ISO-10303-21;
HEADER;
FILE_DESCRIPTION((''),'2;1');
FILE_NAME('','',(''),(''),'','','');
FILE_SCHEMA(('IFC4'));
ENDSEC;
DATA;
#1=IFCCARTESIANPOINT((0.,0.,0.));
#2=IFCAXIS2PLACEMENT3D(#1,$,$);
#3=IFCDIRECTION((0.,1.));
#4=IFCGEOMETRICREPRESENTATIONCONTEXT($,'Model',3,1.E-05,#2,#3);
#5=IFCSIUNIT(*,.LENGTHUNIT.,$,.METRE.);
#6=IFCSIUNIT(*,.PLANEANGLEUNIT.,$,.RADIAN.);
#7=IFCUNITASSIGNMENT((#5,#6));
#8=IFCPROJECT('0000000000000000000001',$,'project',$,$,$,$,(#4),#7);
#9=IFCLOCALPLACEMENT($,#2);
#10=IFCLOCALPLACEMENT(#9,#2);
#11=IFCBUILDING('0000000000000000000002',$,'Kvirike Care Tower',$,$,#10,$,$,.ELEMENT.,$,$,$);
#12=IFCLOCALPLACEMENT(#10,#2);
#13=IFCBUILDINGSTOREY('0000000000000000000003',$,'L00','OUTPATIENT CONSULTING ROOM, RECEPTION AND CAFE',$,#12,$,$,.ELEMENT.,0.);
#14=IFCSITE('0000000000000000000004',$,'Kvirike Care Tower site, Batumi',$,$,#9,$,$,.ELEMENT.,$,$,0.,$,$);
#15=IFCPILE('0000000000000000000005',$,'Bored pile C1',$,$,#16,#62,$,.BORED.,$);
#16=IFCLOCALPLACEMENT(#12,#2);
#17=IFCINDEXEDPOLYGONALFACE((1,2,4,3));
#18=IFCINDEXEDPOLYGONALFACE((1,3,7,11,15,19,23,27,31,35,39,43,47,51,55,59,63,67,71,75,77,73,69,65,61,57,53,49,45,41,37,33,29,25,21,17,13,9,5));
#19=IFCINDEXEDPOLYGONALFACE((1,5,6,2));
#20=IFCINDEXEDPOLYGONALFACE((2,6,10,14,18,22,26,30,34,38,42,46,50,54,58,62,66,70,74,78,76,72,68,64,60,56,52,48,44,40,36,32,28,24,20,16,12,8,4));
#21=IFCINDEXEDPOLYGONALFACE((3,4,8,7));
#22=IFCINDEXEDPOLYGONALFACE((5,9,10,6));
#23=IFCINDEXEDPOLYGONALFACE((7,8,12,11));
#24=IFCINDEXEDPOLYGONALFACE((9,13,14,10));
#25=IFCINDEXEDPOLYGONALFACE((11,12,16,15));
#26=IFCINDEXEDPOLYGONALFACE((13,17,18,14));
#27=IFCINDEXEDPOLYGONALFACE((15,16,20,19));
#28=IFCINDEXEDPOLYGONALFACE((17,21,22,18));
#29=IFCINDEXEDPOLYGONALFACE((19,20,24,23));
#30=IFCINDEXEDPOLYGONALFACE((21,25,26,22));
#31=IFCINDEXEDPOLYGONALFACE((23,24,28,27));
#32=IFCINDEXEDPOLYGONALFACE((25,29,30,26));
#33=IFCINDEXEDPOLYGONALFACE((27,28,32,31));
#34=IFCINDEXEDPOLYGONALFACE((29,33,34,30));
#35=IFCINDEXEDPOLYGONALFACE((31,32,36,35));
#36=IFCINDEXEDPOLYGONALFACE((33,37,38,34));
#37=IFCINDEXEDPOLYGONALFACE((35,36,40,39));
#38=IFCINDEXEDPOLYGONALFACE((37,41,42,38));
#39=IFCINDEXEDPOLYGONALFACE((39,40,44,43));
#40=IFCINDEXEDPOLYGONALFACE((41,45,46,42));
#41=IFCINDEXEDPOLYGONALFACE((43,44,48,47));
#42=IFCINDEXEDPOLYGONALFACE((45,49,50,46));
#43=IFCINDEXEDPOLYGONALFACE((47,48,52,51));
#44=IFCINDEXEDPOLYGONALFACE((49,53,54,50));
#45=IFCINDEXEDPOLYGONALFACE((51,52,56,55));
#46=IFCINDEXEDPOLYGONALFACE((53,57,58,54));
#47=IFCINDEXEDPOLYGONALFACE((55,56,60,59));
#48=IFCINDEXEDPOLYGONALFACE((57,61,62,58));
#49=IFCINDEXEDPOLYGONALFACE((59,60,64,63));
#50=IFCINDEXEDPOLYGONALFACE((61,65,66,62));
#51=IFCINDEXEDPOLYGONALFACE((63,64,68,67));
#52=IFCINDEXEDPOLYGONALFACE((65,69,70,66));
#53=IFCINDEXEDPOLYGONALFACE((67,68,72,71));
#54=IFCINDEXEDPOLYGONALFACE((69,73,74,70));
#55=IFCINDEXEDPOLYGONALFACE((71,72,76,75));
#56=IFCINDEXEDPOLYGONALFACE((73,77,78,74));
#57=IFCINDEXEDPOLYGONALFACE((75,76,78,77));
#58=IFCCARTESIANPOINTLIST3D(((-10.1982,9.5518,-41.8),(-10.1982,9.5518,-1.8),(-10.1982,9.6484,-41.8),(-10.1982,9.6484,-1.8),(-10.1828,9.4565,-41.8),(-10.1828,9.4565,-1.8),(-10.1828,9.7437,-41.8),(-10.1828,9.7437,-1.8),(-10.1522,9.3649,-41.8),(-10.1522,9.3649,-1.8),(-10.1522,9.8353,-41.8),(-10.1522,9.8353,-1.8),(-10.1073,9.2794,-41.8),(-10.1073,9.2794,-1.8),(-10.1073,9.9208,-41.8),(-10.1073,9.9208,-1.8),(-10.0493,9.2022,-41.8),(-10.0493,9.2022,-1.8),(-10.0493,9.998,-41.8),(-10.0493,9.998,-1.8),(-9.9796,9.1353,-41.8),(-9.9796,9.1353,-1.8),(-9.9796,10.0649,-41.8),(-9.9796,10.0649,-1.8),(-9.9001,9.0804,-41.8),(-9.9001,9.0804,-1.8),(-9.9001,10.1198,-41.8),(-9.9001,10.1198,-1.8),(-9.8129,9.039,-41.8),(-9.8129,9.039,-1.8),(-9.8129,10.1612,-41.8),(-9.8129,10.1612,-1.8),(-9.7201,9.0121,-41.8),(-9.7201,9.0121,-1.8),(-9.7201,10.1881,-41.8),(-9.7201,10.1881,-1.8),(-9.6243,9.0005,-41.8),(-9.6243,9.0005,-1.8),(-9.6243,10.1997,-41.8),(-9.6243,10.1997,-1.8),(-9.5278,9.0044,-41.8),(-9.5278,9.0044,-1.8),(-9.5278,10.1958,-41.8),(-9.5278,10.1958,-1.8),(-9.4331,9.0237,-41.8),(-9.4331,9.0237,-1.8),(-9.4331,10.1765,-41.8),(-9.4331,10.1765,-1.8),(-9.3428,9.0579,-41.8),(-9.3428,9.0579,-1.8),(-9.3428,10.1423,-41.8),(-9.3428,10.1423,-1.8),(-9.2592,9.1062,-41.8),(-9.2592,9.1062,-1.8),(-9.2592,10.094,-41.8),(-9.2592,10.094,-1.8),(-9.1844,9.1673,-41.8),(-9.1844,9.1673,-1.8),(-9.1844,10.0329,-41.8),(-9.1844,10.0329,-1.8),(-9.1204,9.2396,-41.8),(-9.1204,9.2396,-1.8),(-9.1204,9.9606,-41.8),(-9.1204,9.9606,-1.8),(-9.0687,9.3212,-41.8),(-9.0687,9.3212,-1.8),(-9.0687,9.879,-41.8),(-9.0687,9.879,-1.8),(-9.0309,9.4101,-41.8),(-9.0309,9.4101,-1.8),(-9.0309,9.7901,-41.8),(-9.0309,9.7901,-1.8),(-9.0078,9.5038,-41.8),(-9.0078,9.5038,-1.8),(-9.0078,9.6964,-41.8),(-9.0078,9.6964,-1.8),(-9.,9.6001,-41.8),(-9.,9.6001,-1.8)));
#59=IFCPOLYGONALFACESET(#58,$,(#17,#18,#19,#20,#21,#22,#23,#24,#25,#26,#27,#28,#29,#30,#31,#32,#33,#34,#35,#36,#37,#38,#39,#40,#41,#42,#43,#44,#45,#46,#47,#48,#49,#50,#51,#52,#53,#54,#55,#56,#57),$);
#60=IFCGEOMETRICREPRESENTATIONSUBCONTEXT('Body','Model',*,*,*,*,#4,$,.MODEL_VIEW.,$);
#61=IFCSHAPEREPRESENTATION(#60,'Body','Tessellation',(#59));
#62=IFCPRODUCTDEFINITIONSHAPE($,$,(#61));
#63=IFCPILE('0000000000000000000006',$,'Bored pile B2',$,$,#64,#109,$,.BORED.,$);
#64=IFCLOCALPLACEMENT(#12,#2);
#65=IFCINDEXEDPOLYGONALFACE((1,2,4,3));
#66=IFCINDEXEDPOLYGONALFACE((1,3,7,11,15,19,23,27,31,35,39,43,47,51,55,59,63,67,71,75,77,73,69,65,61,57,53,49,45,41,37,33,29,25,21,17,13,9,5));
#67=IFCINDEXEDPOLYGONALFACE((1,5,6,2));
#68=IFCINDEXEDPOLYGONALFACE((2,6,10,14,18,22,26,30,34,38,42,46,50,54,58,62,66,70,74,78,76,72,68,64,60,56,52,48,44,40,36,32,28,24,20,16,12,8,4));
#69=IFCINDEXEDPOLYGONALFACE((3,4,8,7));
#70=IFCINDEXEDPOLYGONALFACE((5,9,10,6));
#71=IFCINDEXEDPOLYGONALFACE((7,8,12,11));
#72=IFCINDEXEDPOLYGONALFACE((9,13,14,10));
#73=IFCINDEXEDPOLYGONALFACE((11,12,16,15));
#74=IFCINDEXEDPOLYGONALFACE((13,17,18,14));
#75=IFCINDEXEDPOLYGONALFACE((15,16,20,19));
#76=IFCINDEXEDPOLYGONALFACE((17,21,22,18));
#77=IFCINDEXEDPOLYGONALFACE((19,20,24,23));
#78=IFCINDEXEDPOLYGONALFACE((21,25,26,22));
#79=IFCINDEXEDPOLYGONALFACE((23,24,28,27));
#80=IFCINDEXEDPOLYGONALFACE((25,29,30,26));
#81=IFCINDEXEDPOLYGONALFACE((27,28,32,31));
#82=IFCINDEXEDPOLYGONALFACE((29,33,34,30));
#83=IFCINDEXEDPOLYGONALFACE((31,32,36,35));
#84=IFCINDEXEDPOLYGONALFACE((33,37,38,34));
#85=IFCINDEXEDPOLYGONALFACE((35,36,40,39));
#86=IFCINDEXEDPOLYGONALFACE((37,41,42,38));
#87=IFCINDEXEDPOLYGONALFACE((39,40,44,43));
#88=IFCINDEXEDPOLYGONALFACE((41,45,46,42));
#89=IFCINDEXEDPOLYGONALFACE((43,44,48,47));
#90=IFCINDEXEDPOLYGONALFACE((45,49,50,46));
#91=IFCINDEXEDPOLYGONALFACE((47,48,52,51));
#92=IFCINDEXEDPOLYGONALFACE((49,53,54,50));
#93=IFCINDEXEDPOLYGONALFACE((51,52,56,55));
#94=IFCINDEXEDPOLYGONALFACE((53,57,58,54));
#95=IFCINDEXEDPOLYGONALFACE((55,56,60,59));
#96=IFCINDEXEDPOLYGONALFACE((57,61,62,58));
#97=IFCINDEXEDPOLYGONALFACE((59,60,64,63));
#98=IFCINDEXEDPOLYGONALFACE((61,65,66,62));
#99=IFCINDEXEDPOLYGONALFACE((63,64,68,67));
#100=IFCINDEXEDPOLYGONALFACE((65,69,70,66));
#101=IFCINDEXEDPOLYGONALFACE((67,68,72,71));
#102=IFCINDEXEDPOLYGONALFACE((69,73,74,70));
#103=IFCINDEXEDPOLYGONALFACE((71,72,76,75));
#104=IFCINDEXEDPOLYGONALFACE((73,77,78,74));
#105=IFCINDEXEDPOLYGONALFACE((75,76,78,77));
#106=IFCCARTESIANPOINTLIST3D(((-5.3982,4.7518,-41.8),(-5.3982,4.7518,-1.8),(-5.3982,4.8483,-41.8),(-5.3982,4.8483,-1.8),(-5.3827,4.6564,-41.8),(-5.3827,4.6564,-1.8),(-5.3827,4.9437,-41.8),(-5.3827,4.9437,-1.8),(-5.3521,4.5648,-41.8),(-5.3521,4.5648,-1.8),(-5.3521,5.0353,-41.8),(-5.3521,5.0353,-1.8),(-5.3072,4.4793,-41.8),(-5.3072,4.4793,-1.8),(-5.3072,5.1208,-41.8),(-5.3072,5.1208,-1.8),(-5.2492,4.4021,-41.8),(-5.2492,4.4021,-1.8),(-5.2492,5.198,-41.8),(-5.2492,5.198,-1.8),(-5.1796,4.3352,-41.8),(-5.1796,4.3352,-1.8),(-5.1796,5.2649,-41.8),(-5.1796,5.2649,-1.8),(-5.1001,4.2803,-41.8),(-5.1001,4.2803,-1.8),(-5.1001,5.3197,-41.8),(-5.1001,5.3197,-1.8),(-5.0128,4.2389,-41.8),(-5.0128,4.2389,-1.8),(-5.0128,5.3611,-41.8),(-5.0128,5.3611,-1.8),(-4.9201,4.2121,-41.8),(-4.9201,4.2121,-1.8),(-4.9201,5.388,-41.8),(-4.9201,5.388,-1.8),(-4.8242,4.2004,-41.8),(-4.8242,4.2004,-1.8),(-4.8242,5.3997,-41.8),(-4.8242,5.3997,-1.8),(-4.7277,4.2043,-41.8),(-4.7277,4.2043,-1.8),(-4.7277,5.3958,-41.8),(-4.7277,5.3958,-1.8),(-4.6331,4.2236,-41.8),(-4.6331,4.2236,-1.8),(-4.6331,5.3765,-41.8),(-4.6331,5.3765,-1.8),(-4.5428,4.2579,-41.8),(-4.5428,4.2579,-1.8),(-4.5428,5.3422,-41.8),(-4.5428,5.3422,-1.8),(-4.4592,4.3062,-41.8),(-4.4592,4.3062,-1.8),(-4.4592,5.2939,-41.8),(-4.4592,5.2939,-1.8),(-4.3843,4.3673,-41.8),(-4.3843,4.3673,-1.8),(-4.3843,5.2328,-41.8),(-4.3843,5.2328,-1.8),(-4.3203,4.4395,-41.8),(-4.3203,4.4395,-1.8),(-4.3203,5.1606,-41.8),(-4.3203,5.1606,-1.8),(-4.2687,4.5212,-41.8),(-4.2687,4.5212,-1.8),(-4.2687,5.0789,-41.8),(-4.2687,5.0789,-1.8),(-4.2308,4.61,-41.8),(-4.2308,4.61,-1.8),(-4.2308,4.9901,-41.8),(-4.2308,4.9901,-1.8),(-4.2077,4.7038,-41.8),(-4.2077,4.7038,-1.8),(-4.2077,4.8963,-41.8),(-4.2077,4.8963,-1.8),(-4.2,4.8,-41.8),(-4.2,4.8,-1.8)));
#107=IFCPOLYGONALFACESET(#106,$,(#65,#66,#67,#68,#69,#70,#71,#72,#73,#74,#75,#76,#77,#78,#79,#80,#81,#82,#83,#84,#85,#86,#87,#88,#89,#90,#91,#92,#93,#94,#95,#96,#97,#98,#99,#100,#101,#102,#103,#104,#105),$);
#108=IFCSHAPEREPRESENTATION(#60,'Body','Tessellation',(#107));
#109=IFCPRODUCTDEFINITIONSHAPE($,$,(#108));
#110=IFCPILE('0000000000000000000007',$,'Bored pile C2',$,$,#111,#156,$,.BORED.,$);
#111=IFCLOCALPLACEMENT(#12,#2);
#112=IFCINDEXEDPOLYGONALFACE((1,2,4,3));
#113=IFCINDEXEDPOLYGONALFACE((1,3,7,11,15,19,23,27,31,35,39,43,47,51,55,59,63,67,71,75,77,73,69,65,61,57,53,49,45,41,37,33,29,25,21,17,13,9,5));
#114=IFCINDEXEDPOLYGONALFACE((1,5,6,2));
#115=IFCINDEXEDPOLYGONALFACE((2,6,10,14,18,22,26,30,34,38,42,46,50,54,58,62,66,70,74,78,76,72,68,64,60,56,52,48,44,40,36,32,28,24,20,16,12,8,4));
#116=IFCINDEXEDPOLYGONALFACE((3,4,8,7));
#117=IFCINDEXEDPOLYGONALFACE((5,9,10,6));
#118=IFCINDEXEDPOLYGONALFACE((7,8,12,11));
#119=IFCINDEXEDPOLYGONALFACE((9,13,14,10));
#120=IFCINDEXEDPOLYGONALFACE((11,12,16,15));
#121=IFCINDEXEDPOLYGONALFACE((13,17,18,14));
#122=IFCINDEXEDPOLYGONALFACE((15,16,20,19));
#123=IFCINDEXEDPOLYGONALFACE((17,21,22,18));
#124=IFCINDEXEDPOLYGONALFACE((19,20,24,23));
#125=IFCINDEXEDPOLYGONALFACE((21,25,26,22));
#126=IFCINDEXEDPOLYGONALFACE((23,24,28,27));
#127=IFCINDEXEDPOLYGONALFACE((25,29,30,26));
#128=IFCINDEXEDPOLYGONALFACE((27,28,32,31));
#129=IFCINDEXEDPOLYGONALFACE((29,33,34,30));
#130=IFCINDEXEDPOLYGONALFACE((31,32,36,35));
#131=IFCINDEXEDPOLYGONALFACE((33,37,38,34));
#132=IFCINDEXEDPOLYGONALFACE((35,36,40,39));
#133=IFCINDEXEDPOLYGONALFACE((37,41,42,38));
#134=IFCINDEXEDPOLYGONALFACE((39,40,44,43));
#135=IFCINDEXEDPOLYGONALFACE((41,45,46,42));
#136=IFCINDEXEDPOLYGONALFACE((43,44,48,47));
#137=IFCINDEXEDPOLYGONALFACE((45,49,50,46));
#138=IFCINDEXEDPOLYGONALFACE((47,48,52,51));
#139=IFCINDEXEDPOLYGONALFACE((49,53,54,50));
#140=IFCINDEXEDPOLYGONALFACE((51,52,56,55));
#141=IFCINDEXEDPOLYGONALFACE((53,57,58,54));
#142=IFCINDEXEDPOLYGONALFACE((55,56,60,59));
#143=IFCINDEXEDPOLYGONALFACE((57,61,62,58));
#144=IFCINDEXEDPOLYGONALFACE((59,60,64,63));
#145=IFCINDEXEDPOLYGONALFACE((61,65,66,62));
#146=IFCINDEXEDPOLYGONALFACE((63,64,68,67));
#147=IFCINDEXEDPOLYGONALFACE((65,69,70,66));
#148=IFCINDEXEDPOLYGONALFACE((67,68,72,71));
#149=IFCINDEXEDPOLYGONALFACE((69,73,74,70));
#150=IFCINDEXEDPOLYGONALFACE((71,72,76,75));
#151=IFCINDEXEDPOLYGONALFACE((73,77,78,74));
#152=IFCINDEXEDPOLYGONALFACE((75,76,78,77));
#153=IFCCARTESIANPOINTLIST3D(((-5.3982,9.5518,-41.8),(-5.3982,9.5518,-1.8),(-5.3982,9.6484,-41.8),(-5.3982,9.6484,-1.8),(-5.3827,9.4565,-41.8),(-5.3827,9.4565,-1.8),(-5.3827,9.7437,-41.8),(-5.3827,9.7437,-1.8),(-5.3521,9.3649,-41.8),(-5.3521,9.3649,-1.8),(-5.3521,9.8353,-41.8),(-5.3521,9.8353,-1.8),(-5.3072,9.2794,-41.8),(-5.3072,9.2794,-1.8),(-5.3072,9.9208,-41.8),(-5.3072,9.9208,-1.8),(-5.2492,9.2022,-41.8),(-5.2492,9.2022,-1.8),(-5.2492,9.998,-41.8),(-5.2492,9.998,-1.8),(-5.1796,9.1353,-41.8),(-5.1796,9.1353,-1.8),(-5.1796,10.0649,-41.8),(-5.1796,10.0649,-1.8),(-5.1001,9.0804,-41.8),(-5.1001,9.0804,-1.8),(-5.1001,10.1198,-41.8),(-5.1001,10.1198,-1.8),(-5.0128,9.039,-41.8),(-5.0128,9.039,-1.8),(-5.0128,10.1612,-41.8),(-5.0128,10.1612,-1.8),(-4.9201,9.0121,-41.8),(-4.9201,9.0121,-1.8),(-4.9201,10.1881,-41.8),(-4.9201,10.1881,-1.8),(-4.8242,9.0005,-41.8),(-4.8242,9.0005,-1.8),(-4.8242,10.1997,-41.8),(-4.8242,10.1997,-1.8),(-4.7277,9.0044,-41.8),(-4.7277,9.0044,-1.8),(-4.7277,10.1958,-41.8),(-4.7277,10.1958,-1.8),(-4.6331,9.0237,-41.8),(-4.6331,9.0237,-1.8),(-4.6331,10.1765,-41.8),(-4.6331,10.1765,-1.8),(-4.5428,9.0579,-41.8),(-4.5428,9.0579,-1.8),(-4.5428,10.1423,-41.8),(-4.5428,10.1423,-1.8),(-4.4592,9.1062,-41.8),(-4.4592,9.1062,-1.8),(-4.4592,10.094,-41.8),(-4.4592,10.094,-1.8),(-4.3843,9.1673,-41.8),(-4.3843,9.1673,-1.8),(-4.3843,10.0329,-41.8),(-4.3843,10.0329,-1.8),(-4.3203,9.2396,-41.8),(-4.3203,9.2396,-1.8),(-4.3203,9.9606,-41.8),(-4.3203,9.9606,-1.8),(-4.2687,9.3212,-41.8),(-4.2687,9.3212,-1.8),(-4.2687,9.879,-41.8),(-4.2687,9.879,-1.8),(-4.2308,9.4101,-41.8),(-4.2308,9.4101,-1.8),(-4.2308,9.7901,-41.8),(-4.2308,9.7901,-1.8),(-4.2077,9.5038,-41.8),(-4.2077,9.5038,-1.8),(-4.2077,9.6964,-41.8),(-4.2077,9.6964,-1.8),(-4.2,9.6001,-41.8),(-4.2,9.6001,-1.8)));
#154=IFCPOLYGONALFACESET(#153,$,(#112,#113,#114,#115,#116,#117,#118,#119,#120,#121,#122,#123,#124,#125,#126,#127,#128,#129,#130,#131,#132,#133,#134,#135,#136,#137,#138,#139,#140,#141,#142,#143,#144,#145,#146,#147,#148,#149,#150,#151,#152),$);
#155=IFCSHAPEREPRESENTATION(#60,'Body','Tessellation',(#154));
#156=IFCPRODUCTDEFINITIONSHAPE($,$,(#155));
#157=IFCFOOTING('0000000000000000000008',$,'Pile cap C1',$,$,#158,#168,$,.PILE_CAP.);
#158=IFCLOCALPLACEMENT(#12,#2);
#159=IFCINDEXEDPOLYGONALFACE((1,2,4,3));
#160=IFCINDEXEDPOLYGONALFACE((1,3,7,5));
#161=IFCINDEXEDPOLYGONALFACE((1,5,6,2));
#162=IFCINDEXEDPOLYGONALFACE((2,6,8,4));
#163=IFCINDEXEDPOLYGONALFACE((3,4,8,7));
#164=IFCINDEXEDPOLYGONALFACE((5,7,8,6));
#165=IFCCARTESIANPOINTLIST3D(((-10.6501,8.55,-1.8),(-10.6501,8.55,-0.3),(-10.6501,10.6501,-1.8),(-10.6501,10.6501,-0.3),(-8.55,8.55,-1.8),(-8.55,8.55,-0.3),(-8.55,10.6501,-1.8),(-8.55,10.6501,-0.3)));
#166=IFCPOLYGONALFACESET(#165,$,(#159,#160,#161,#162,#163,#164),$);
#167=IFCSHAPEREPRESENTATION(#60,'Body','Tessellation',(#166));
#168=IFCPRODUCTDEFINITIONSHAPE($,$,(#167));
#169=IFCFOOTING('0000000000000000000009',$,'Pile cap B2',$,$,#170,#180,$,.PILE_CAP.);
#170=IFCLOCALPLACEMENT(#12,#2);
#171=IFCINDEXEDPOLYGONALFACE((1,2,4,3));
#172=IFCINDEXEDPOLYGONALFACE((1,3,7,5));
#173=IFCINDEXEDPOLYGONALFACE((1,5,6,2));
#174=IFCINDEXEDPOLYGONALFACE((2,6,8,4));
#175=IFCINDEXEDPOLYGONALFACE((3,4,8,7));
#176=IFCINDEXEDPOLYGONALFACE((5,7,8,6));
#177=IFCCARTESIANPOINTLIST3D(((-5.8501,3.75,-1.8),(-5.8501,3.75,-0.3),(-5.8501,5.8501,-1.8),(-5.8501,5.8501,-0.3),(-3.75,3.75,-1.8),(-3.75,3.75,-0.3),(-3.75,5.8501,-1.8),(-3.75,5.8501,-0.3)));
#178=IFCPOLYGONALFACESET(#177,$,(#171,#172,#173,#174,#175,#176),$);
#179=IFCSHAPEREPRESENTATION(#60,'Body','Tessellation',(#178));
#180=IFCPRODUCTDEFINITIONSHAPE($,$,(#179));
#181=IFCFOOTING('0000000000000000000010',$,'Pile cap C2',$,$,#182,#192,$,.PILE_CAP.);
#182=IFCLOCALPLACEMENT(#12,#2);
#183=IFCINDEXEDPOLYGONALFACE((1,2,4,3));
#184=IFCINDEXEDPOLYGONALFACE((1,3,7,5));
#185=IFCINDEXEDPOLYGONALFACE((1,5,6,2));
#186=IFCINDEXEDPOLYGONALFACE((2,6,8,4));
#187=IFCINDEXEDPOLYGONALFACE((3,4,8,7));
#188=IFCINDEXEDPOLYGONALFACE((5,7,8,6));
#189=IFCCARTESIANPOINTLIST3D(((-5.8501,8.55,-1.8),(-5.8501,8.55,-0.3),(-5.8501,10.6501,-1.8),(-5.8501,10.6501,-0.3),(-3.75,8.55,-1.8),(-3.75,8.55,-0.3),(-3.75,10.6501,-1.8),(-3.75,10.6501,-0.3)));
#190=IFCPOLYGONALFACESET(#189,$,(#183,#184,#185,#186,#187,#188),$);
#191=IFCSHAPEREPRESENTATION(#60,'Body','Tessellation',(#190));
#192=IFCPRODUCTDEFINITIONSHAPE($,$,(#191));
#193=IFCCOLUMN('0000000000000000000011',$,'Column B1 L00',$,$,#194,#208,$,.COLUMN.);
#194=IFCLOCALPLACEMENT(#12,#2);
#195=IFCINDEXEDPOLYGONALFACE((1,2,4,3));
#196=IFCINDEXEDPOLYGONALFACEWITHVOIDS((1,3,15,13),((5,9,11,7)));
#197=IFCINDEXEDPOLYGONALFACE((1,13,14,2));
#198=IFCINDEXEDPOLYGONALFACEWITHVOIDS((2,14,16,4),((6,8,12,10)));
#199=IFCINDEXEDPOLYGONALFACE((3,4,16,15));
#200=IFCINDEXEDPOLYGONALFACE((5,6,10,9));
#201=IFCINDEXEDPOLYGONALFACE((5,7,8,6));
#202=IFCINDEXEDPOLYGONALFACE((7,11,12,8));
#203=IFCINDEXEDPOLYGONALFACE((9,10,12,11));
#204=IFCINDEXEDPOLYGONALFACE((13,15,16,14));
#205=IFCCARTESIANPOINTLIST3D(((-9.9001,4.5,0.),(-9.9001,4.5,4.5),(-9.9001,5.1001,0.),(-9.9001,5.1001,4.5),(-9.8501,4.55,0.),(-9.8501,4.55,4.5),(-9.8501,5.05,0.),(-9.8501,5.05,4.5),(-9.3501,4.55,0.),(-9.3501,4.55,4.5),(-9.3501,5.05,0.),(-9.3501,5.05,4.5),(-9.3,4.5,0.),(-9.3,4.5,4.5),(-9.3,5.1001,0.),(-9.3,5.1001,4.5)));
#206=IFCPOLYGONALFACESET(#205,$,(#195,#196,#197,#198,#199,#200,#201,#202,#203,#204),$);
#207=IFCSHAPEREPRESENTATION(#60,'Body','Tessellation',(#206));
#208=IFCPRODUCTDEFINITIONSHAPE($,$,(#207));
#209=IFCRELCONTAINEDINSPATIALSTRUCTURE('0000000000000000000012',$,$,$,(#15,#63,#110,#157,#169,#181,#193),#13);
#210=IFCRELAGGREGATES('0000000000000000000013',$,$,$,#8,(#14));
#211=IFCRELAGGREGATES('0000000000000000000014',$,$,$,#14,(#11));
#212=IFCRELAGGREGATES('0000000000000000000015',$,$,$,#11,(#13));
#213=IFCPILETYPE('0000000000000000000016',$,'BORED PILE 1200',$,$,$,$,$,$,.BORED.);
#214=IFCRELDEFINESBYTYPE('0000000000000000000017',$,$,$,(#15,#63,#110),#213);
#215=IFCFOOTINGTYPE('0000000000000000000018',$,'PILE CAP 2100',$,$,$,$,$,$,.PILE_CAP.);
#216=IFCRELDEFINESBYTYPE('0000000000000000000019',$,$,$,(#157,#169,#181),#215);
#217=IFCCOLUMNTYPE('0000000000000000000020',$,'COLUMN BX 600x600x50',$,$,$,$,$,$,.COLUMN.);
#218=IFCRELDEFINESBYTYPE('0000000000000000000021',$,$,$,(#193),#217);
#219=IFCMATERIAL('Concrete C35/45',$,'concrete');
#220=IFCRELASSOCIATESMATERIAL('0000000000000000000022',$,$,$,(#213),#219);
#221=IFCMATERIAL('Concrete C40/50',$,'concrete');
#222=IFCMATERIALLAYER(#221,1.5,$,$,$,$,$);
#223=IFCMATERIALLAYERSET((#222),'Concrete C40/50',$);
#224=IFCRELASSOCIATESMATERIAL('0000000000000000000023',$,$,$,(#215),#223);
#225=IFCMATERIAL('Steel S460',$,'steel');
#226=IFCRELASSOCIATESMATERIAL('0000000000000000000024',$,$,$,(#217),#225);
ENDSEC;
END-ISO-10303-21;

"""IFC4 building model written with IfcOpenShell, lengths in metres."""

from ifc_helpers import new_model, si_unit, direction, frame, origin, origin_2d, place, context, subcontext, project, spatial, rectangle, hollow_rectangle, circle, extrude, material, layer, layer_set, material_profile, profile_set, type_object, element, save


model = new_model("IFC4")

# Units and contexts
model_context = context("Model", 3, precision=1e-05, world=origin(), true_north=direction((0.0, 1.0)))
body_context = subcontext(model_context, "Body", "Model", "MODEL_VIEW")
ifc_project = project(units=[si_unit("LENGTHUNIT", "METRE"), si_unit("PLANEANGLEUNIT", "RADIAN")], contexts=[model_context])

# Site, building, storey
site_placement = place(None, origin())
site = spatial("IfcSite", under=ifc_project, at=site_placement, Name="Kvirike Care Tower site, Batumi", CompositionType="ELEMENT", RefElevation=0.0)
building_placement = place(site_placement, origin())
building = spatial("IfcBuilding", under=site, at=building_placement, Name="Kvirike Care Tower", CompositionType="ELEMENT")
storey_placement = place(building_placement, origin())
storey = spatial("IfcBuildingStorey", under=building, at=storey_placement, Name="L00", Description="OUTPATIENT CONSULTING ROOM, RECEPTION AND CAFE", CompositionType="ELEMENT", Elevation=0.0)

# Piles
ifc_material_1 = material(Name="Concrete C35/45", Category="concrete")
ifc_material_profile_1 = material_profile(ifc_material_1, circle(Radius=0.6001, at=origin_2d()), Name="BORED PILE 1200")
ifc_profile_set_1 = profile_set([ifc_material_profile_1], Name="Concrete C35/45")
pile_type = type_object("IfcPileType", Name="BORED PILE 1200", PredefinedType="BORED", material=ifc_profile_set_1)
for number, where, z_axis, x_axis, name in (
    (1, (-9.6001, 9.6001, -1.8), (0.0, 0.0, -1.0), (1.0, 0.0, 0.0), "Bored pile C1"),
    (2, (-4.8, 4.8, -1.8), (0.0, 0.0, -1.0), (1.0, 0.0, 0.0), "Bored pile B2"),
    (3, (-4.8, 9.6001, -1.8), (0.0, 0.0, -1.0), (1.0, 0.0, 0.0), "Bored pile C2"),
):
    element("IfcPile", number, at=place(storey_placement, frame(where, z_axis=z_axis, x_axis=x_axis)), inside=storey, type_object=pile_type, Name=name, PredefinedType="BORED", context=body_context, shape_type="SweptSolid", body=[
        extrude(circle(Radius=0.6001, at=origin_2d()), origin(), (0.0, 0.0, 1.0), 40.0),
    ])

# Footings
ifc_material_2 = material(Name="Concrete C40/50", Category="concrete")
ifc_layer_1 = layer(ifc_material_2, 1.5)
ifc_layer_set_1 = layer_set([ifc_layer_1], Name="Concrete C40/50")
footing_type = type_object("IfcFootingType", Name="PILE CAP 2100", PredefinedType="PILE_CAP", material=ifc_layer_set_1)
for number, where, z_axis, x_axis, name in (
    (4, (-9.6001, 9.6001, -1.8), (0.0, 0.0, 1.0), (1.0, 0.0, 0.0), "Pile cap C1"),
    (5, (-4.8, 4.8, -1.8), (0.0, 0.0, 1.0), (1.0, 0.0, 0.0), "Pile cap B2"),
    (6, (-4.8, 9.6001, -1.8), (0.0, 0.0, 1.0), (1.0, 0.0, 0.0), "Pile cap C2"),
):
    element("IfcFooting", number, at=place(storey_placement, frame(where, z_axis=z_axis, x_axis=x_axis)), inside=storey, type_object=footing_type, Name=name, PredefinedType="PILE_CAP", context=body_context, shape_type="SweptSolid", body=[
        extrude(rectangle(XDim=2.1001, YDim=2.1001, at=origin_2d()), origin(), (0.0, 0.0, 1.0), 1.5),
    ])

# Column
ifc_material_3 = material(Name="Steel S460", Category="steel")
ifc_material_profile_2 = material_profile(ifc_material_3, hollow_rectangle(XDim=0.6001, YDim=0.6001, WallThickness=0.05, at=origin_2d()), Name="BX 600x600x50")
ifc_profile_set_2 = profile_set([ifc_material_profile_2], Name="Steel S460")
column_type = type_object("IfcColumnType", Name="COLUMN BX 600x600x50", PredefinedType="COLUMN", material=ifc_profile_set_2)
for number, where, z_axis, x_axis, name in (
    (7, (-9.6001, 4.8, 0.0), (0.0, 0.0, 1.0), (0.0, 1.0, 0.0), "Column B1 L00"),
):
    element("IfcColumn", number, at=place(storey_placement, frame(where, z_axis=z_axis, x_axis=x_axis)), inside=storey, type_object=column_type, Name=name, PredefinedType="COLUMN", context=body_context, shape_type="SweptSolid", body=[
        extrude(hollow_rectangle(XDim=0.6001, YDim=0.6001, WallThickness=0.05, at=origin_2d()), origin(), (0.0, 0.0, 1.0), 4.5),
    ])

save(model, "model.ifc")
